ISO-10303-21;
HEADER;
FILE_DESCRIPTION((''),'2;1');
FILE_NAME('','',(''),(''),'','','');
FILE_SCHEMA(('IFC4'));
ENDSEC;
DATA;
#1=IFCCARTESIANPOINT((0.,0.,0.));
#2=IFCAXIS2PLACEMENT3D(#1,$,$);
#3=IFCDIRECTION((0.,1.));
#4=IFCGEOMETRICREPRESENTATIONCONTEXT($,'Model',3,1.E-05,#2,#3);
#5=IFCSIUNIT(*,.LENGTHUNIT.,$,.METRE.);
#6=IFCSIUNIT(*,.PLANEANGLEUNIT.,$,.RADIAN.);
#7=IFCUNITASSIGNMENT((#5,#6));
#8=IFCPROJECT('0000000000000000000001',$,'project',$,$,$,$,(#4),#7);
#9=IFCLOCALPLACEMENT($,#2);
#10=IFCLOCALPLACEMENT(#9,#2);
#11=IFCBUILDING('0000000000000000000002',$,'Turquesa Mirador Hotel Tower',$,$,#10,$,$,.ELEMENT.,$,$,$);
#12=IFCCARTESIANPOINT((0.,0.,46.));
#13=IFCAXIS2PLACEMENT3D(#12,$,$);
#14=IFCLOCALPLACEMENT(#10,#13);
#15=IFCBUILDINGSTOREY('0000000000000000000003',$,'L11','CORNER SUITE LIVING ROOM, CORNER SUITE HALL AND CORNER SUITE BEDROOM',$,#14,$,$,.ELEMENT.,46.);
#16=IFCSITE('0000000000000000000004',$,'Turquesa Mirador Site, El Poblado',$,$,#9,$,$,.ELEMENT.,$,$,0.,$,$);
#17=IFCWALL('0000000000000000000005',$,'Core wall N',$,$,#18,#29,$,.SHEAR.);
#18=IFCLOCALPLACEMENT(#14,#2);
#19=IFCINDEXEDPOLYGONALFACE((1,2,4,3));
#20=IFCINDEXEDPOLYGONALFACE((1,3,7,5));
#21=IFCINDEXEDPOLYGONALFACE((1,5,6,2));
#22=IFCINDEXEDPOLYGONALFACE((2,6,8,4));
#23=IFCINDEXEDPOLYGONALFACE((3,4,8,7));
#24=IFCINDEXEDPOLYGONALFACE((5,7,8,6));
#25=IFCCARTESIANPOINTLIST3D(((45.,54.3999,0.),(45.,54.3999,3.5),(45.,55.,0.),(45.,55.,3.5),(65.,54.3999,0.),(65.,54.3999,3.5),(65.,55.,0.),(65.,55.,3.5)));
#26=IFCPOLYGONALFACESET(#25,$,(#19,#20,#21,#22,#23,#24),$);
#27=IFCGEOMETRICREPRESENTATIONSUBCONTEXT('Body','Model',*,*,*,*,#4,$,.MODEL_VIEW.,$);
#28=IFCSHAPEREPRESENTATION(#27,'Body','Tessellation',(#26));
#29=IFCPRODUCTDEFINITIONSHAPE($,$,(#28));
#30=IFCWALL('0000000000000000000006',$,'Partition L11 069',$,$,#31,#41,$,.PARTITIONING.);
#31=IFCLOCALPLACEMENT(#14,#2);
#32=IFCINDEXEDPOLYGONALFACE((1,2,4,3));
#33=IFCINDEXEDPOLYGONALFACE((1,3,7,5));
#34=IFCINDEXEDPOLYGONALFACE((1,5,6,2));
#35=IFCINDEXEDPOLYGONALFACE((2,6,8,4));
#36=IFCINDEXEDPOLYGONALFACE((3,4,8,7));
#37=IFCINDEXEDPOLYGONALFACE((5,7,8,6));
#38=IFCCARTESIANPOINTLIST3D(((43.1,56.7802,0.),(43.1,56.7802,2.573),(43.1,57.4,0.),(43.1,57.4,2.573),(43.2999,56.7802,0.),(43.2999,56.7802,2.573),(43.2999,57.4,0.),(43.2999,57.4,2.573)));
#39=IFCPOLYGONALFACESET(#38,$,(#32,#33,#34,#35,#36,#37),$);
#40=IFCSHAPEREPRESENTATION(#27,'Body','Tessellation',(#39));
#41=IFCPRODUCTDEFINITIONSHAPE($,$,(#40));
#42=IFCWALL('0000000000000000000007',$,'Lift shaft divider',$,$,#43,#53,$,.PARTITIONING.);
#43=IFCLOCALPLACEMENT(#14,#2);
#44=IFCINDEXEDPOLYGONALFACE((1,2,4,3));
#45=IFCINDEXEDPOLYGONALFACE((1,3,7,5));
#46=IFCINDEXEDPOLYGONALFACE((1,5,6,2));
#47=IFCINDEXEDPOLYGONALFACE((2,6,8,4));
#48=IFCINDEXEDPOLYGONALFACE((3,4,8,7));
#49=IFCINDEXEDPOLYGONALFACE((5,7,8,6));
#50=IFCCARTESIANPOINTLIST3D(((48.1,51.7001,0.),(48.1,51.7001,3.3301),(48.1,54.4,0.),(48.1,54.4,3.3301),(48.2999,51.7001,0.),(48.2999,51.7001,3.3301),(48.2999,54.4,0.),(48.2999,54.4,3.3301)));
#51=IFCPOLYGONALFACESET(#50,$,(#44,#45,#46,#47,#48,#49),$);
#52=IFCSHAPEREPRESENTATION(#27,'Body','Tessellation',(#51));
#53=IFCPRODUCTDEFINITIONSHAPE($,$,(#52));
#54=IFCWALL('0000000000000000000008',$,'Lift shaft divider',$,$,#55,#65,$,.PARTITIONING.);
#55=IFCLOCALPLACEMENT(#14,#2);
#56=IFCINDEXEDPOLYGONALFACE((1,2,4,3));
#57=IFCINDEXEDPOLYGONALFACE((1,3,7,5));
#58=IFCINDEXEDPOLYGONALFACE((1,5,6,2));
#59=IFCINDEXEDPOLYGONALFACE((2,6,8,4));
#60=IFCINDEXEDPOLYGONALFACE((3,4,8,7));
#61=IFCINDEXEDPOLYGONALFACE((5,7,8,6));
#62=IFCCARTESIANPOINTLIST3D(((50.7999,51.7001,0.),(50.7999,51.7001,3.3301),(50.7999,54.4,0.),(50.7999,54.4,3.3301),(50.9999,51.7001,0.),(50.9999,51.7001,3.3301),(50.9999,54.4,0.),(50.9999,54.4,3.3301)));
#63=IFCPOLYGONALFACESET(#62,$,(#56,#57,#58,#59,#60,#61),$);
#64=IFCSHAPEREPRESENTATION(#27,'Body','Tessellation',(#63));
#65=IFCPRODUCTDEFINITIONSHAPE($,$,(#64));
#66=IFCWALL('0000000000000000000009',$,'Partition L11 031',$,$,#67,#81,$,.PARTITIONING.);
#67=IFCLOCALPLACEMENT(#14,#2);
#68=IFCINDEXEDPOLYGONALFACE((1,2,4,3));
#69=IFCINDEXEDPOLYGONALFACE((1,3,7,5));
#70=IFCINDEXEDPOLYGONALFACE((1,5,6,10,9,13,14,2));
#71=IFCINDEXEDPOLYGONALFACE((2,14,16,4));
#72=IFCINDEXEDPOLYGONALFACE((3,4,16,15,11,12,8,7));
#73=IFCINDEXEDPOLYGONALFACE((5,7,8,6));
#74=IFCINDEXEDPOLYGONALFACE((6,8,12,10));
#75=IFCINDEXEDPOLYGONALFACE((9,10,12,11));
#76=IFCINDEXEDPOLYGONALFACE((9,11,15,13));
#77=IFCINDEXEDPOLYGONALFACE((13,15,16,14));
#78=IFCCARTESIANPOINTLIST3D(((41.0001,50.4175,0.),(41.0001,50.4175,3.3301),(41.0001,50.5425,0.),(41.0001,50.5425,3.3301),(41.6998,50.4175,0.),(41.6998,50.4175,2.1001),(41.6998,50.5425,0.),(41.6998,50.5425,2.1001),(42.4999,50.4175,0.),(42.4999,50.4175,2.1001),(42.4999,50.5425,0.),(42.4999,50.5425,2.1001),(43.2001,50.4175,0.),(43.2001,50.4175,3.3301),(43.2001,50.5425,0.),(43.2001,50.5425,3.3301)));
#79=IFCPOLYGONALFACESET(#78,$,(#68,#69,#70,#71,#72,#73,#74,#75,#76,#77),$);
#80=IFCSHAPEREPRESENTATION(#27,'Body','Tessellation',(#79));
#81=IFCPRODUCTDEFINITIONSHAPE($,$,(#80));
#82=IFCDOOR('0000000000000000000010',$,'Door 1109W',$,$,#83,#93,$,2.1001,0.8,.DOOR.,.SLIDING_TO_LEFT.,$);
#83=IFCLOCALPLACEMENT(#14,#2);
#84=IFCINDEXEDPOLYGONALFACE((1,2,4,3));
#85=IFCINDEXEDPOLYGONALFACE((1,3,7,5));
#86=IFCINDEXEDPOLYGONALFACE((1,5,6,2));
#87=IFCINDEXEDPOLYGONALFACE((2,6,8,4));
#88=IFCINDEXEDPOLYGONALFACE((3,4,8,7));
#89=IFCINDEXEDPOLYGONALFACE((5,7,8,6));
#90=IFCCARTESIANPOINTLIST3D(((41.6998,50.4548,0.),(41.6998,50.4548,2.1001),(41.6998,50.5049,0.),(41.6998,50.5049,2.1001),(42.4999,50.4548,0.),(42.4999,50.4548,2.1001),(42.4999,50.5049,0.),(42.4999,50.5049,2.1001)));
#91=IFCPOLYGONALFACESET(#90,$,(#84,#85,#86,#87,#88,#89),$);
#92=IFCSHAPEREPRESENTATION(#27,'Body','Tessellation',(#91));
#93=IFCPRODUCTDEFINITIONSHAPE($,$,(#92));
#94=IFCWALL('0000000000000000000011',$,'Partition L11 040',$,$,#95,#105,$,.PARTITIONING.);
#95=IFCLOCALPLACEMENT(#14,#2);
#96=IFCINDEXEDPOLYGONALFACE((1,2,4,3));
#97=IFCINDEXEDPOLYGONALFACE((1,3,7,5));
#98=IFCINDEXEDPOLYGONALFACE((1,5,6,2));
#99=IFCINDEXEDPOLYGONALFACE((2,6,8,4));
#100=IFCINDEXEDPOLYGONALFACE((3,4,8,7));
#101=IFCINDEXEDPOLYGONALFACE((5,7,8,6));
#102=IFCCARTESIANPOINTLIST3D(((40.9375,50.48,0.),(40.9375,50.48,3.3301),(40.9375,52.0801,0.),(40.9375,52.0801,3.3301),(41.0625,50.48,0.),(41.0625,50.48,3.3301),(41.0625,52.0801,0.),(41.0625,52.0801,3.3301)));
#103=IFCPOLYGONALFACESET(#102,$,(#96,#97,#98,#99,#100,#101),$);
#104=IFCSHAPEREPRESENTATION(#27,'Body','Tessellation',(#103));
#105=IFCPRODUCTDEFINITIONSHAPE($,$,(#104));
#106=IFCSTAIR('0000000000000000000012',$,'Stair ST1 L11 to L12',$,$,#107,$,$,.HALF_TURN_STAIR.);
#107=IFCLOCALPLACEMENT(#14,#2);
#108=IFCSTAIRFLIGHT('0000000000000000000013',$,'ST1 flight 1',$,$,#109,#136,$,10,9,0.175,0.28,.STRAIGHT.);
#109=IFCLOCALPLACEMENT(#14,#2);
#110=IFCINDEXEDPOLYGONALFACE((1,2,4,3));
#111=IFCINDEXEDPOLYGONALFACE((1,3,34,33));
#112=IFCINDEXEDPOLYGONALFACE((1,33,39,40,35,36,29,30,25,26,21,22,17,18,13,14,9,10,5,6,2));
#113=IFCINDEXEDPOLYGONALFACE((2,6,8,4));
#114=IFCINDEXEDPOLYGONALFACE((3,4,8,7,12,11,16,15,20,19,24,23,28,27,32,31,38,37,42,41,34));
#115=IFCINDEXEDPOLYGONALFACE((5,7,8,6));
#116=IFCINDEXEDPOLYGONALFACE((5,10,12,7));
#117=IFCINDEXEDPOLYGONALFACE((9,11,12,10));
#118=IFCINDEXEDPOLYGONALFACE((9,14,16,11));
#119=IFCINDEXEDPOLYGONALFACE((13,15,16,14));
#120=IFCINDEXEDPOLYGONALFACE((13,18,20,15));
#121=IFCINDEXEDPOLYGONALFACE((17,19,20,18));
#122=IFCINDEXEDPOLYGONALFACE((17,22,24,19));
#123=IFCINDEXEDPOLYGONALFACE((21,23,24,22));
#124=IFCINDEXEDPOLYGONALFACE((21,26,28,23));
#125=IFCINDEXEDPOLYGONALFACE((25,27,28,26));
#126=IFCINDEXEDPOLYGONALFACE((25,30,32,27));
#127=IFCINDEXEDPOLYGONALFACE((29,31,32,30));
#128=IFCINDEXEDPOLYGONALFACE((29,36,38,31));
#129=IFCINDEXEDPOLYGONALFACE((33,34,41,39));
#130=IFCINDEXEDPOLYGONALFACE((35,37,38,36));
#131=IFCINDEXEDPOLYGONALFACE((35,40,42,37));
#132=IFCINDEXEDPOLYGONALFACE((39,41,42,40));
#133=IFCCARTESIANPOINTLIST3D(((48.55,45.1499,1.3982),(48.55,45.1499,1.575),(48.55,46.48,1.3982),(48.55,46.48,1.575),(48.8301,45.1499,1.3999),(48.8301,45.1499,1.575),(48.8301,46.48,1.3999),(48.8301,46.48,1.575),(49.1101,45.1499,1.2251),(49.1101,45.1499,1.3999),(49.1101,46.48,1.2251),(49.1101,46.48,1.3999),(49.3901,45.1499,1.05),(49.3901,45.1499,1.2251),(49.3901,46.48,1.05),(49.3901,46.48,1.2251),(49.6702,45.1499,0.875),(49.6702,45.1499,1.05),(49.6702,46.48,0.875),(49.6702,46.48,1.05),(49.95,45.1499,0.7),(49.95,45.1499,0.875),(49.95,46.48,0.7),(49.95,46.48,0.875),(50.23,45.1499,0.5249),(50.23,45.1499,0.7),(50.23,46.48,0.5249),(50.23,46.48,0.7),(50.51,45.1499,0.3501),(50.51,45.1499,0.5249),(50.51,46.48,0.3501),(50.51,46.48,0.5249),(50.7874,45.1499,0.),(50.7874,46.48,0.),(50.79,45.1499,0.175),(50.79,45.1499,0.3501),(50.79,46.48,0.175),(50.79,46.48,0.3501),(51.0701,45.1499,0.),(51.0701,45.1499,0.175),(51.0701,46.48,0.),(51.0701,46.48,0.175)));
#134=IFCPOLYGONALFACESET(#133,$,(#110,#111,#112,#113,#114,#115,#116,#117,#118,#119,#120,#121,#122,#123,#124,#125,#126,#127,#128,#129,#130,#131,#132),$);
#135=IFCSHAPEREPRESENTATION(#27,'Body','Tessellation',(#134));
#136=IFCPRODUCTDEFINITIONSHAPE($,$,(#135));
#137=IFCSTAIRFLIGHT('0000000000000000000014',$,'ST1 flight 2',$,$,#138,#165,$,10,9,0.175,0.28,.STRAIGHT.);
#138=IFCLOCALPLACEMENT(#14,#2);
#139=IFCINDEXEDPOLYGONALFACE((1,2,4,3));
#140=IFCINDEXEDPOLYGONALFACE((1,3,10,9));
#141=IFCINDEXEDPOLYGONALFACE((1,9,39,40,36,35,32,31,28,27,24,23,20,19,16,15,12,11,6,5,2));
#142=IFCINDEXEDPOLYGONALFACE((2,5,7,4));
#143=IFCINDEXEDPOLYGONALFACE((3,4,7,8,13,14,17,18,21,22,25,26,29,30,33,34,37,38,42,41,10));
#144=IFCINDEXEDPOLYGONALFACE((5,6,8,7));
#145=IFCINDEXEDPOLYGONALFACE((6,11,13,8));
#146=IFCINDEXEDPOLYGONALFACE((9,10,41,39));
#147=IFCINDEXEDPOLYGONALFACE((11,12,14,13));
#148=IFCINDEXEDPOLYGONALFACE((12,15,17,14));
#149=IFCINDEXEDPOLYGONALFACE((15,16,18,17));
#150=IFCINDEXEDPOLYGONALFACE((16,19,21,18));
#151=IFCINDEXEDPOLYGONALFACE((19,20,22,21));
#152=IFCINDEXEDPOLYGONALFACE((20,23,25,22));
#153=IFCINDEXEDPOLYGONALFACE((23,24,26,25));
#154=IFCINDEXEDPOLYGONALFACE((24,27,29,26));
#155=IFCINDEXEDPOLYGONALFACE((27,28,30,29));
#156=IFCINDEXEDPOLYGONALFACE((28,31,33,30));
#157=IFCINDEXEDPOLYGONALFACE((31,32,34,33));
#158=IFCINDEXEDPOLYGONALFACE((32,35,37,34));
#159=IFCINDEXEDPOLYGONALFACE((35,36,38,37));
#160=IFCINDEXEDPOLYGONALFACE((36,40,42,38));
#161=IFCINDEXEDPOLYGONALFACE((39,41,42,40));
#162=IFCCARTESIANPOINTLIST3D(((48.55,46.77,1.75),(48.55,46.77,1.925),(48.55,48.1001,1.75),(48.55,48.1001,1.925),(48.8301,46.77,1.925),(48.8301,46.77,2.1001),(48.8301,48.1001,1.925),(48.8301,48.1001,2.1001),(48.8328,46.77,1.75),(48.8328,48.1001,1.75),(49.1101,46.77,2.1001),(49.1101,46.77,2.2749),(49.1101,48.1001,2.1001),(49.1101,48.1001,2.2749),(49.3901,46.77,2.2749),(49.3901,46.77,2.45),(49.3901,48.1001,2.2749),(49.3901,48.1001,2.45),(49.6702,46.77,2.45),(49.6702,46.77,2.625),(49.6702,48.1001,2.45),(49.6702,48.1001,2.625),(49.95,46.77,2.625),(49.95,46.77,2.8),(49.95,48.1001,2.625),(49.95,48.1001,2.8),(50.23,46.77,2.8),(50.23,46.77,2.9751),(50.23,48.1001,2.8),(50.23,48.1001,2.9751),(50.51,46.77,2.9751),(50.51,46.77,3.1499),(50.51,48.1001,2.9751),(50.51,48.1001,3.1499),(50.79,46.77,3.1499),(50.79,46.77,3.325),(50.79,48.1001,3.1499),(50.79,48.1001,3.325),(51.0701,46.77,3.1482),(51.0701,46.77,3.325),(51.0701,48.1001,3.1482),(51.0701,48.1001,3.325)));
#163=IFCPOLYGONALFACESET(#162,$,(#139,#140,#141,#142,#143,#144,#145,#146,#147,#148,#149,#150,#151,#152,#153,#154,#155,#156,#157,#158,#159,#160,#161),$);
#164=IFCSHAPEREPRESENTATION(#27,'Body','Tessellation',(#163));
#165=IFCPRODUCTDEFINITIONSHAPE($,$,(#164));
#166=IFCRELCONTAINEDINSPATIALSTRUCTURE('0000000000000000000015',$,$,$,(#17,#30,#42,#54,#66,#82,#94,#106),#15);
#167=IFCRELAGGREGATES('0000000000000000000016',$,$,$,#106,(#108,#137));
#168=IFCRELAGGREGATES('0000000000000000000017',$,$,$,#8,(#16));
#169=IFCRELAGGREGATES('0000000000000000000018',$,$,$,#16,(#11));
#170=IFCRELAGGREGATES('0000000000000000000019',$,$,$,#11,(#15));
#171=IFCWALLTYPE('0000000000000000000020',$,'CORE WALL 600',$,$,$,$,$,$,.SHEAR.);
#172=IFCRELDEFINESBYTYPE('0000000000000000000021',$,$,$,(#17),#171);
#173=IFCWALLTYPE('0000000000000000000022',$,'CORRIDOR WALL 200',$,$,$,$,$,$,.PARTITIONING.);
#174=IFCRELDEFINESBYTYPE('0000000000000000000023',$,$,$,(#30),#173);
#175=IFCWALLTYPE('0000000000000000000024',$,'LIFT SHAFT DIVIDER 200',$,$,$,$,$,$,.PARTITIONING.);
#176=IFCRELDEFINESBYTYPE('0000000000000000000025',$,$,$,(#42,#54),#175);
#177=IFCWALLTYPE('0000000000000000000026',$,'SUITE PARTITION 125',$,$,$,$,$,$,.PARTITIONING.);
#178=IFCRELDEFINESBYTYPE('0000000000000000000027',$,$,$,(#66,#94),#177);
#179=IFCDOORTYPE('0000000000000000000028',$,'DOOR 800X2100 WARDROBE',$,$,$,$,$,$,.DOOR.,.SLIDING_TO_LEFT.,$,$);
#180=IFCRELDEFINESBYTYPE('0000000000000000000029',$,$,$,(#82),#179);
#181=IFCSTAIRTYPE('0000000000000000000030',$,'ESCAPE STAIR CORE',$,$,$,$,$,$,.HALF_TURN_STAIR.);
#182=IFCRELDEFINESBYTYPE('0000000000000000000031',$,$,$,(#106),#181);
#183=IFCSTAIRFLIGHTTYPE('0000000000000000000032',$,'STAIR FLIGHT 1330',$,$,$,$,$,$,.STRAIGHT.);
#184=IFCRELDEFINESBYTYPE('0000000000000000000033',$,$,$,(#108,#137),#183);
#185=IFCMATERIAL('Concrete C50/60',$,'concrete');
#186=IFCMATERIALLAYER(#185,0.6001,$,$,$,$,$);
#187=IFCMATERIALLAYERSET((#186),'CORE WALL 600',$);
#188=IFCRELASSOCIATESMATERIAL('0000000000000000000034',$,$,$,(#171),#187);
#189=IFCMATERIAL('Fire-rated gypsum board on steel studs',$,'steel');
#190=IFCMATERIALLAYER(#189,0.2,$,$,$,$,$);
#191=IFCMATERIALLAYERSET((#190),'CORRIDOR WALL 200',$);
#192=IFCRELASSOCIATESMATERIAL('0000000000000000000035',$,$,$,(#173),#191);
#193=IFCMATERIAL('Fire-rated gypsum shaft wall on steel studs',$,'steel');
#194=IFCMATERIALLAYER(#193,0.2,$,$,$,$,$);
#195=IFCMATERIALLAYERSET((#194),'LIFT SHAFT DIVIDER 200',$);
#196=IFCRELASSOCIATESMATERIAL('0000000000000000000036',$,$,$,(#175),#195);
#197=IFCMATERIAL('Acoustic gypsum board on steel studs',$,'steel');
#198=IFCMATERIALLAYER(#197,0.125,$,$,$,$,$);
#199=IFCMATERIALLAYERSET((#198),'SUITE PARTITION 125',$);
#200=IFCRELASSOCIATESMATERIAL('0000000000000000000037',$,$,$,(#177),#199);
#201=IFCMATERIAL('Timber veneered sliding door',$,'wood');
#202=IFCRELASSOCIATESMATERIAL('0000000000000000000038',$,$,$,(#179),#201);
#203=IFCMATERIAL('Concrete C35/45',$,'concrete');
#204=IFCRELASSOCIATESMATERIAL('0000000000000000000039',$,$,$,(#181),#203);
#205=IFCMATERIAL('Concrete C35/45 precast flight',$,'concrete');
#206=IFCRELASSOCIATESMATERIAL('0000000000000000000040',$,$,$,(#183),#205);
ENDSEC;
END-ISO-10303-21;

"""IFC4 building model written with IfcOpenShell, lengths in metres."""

from ifc_helpers import new_model, si_unit, direction, frame, frame_2d, origin, place, context, subcontext, project, spatial, polyline, rectangle, outline, extrude, material, layer, layer_set, type_object, element, fill, aggregate, save


model = new_model("IFC4")

# Units and contexts
model_context = context("Model", 3, precision=1e-05, world=origin(), true_north=direction((0.0, 1.0)))
body_context = subcontext(model_context, "Body", "Model", "MODEL_VIEW")
ifc_project = project(units=[si_unit("LENGTHUNIT", "METRE"), si_unit("PLANEANGLEUNIT", "RADIAN")], contexts=[model_context])

# Site, building, storey
site_placement = place(None, origin())
site = spatial("IfcSite", under=ifc_project, at=site_placement, Name="Turquesa Mirador Site, El Poblado", CompositionType="ELEMENT", RefElevation=0.0)
building_placement = place(site_placement, origin())
building = spatial("IfcBuilding", under=site, at=building_placement, Name="Turquesa Mirador Hotel Tower", CompositionType="ELEMENT")
storey_placement = place(building_placement, frame((0.0, 0.0, 46.0)))
storey = spatial("IfcBuildingStorey", under=building, at=storey_placement, Name="L11", Description="CORNER SUITE LIVING ROOM, CORNER SUITE HALL AND CORNER SUITE BEDROOM", CompositionType="ELEMENT", Elevation=46.0)

# Walls
ifc_material_1 = material(Name="Concrete C50/60", Category="concrete")
ifc_layer_1 = layer(ifc_material_1, 0.6001)
ifc_layer_set_1 = layer_set([ifc_layer_1], Name="CORE WALL 600")
wall_type_1 = type_object("IfcWallType", Name="CORE WALL 600", PredefinedType="SHEAR", material=ifc_layer_set_1)
wall_1_placement = place(storey_placement, frame((45.0, 54.7, 0.0), z_axis=(0.0, 0.0, 1.0), x_axis=(1.0, 0.0, 0.0)))
element("IfcWall", 1, at=wall_1_placement, inside=storey, type_object=wall_type_1, Name="Core wall N", PredefinedType="SHEAR", context=body_context, shape_type="SweptSolid", body=[
    extrude(rectangle(XDim=20.0, YDim=0.6001, at=frame_2d((10.0, 0.0))), origin(), (0.0, 0.0, 1.0), 3.5),
])
ifc_material_2 = material(Name="Fire-rated gypsum board on steel studs", Category="steel")
ifc_layer_2 = layer(ifc_material_2, 0.2)
ifc_layer_set_2 = layer_set([ifc_layer_2], Name="CORRIDOR WALL 200")
wall_type_2 = type_object("IfcWallType", Name="CORRIDOR WALL 200", PredefinedType="PARTITIONING", material=ifc_layer_set_2)
wall_2_placement = place(storey_placement, frame((43.2, 56.78, 0.0), z_axis=(0.0, 0.0, 1.0), x_axis=(0.0, 1.0, 0.0)))
element("IfcWall", 2, at=wall_2_placement, inside=storey, type_object=wall_type_2, Name="Partition L11 069", PredefinedType="PARTITIONING", context=body_context, shape_type="SweptSolid", body=[
    extrude(rectangle(XDim=0.6199, YDim=0.2, at=frame_2d((0.3101, 0.0))), origin(), (0.0, 0.0, 1.0), 2.573),
])
ifc_material_3 = material(Name="Fire-rated gypsum shaft wall on steel studs", Category="steel")
ifc_layer_3 = layer(ifc_material_3, 0.2)
ifc_layer_set_3 = layer_set([ifc_layer_3], Name="LIFT SHAFT DIVIDER 200")
wall_type_3 = type_object("IfcWallType", Name="LIFT SHAFT DIVIDER 200", PredefinedType="PARTITIONING", material=ifc_layer_set_3)
for number, where, z_axis, x_axis, name in (
    (3, (48.2, 51.7, 0.0), (0.0, 0.0, 1.0), (0.0, 1.0, 0.0), "Lift shaft divider"),
    (4, (50.8999, 51.7, 0.0), (0.0, 0.0, 1.0), (0.0, 1.0, 0.0), "Lift shaft divider"),
):
    element("IfcWall", number, at=place(storey_placement, frame(where, z_axis=z_axis, x_axis=x_axis)), inside=storey, type_object=wall_type_3, Name=name, PredefinedType="PARTITIONING", context=body_context, shape_type="SweptSolid", body=[
        extrude(rectangle(XDim=2.7, YDim=0.2, at=frame_2d((1.3501, 0.0))), origin(), (0.0, 0.0, 1.0), 3.3301),
    ])

# Wall, opening, door
ifc_material_4 = material(Name="Acoustic gypsum board on steel studs", Category="steel")
ifc_layer_4 = layer(ifc_material_4, 0.125)
ifc_layer_set_4 = layer_set([ifc_layer_4], Name="SUITE PARTITION 125")
wall_type_4 = type_object("IfcWallType", Name="SUITE PARTITION 125", PredefinedType="PARTITIONING", material=ifc_layer_set_4)
wall_3_placement = place(storey_placement, frame((41.0, 50.48, 0.0), z_axis=(0.0, 0.0, 1.0), x_axis=(1.0, 0.0, 0.0)))
wall_3 = element("IfcWall", 5, at=wall_3_placement, inside=storey, type_object=wall_type_4, Name="Partition L11 031", PredefinedType="PARTITIONING", context=body_context, shape_type="SweptSolid", body=[
    extrude(rectangle(XDim=2.2, YDim=0.125, at=frame_2d((1.1001, 0.0))), origin(), (0.0, 0.0, 1.0), 3.3301),
])
opening_1_placement = place(wall_3_placement, frame((0.7, 0.0, 0.0)))
opening_1 = element("IfcOpeningElement", 6, at=opening_1_placement, cuts=wall_3, PredefinedType="OPENING", context=body_context, shape_type="SweptSolid", body=[
    extrude(rectangle(XDim=0.8, YDim=2.1001, at=frame_2d((0.3999, 1.05))), frame((0.0, 0.0725, 0.0), z_axis=(0.0, -1.0, 0.0), x_axis=(1.0, 0.0, 0.0)), (0.0, 0.0, 1.0), 0.145),
])
ifc_material_5 = material(Name="Timber veneered sliding door", Category="wood")
door_type_1 = type_object("IfcDoorType", Name="DOOR 800X2100 WARDROBE", OperationType="SLIDING_TO_LEFT", PredefinedType="DOOR", material=ifc_material_5)
door_1_placement = place(opening_1_placement, origin())
door_1 = element("IfcDoor", 7, at=door_1_placement, inside=storey, type_object=door_type_1, Name="Door 1109W", OperationType="SLIDING_TO_LEFT", OverallHeight=2.1001, OverallWidth=0.8, PredefinedType="DOOR", context=body_context, shape_type="SweptSolid", body=[
    extrude(rectangle(XDim=0.8, YDim=2.1001, at=frame_2d((0.3999, 1.05))), frame((0.0, 0.0249, 0.0), z_axis=(0.0, -1.0, 0.0), x_axis=(1.0, 0.0, 0.0)), (0.0, 0.0, 1.0), 0.05),
])
fill(opening_1, door_1)

# Wall
wall_4_placement = place(storey_placement, frame((41.0, 50.48, 0.0), z_axis=(0.0, 0.0, 1.0), x_axis=(0.0, 1.0, 0.0)))
element("IfcWall", 8, at=wall_4_placement, inside=storey, type_object=wall_type_4, Name="Partition L11 040", PredefinedType="PARTITIONING", context=body_context, shape_type="SweptSolid", body=[
    extrude(rectangle(XDim=1.6001, YDim=0.125, at=frame_2d((0.8, 0.0))), origin(), (0.0, 0.0, 1.0), 3.3301),
])

# Stair, stair flights
ifc_material_6 = material(Name="Concrete C35/45", Category="concrete")
stair_type = type_object("IfcStairType", Name="ESCAPE STAIR CORE", PredefinedType="HALF_TURN_STAIR", material=ifc_material_6)
stair_1_placement = place(storey_placement, origin())
stair_1 = element("IfcStair", 9, at=stair_1_placement, inside=storey, type_object=stair_type, Name="Stair ST1 L11 to L12", PredefinedType="HALF_TURN_STAIR")
ifc_material_7 = material(Name="Concrete C35/45 precast flight", Category="concrete")
stair_flight_type = type_object("IfcStairFlightType", Name="STAIR FLIGHT 1330", PredefinedType="STRAIGHT", material=ifc_material_7)
stair_flight_1_placement = place(storey_placement, frame((51.0701, 45.8149, 0.0), z_axis=(0.0, 0.0, 1.0), x_axis=(-1.0, 0.0, 0.0)))
stair_flight_1 = element("IfcStairFlight", 10, at=stair_flight_1_placement, type_object=stair_flight_type, Name="ST1 flight 1", NumberOfRisers=10, NumberOfTreads=9, PredefinedType="STRAIGHT", RiserHeight=0.175, TreadLength=0.28, context=body_context, shape_type="SweptSolid", body=[
    extrude(outline(polyline([(0.0, 0.0), (0.0, 0.175), (0.28, 0.175), (0.28, 0.3501), (0.5601, 0.3501), (0.5601, 0.5249), (0.8401, 0.5249), (0.8401, 0.7), (1.1201, 0.7), (1.1201, 0.875), (1.3999, 0.875), (1.3999, 1.05), (1.6799, 1.05), (1.6799, 1.2251), (1.96, 1.2251), (1.96, 1.3999), (2.24, 1.3999), (2.24, 1.575), (2.52, 1.575), (2.52, 1.75), (2.52, 1.3982), (0.2827, 0.0), (0.0, 0.0)])), frame((0.0, 0.665, 0.0), z_axis=(0.0, -1.0, 0.0), x_axis=(1.0, 0.0, 0.0)), (0.0, 0.0, 1.0), 1.3301),
])
stair_flight_2_placement = place(storey_placement, frame((48.55, 47.4351, 1.75), z_axis=(0.0, 0.0, 1.0), x_axis=(1.0, 0.0, 0.0)))
stair_flight_2 = element("IfcStairFlight", 11, at=stair_flight_2_placement, type_object=stair_flight_type, Name="ST1 flight 2", NumberOfRisers=10, NumberOfTreads=9, PredefinedType="STRAIGHT", RiserHeight=0.175, TreadLength=0.28, context=body_context, shape_type="SweptSolid", body=[
    extrude(outline(polyline([(0.0, 0.0), (0.0, 0.175), (0.28, 0.175), (0.28, 0.3501), (0.5601, 0.3501), (0.5601, 0.5249), (0.8401, 0.5249), (0.8401, 0.7), (1.1201, 0.7), (1.1201, 0.875), (1.3999, 0.875), (1.3999, 1.05), (1.6799, 1.05), (1.6799, 1.2251), (1.96, 1.2251), (1.96, 1.3999), (2.24, 1.3999), (2.24, 1.575), (2.52, 1.575), (2.52, 1.75), (2.52, 1.3982), (0.2827, 0.0), (0.0, 0.0)])), frame((0.0, 0.665, 0.0), z_axis=(0.0, -1.0, 0.0), x_axis=(1.0, 0.0, 0.0)), (0.0, 0.0, 1.0), 1.3301),
])
aggregate(stair_1, [stair_flight_1, stair_flight_2])

save(model, "model.ifc")
